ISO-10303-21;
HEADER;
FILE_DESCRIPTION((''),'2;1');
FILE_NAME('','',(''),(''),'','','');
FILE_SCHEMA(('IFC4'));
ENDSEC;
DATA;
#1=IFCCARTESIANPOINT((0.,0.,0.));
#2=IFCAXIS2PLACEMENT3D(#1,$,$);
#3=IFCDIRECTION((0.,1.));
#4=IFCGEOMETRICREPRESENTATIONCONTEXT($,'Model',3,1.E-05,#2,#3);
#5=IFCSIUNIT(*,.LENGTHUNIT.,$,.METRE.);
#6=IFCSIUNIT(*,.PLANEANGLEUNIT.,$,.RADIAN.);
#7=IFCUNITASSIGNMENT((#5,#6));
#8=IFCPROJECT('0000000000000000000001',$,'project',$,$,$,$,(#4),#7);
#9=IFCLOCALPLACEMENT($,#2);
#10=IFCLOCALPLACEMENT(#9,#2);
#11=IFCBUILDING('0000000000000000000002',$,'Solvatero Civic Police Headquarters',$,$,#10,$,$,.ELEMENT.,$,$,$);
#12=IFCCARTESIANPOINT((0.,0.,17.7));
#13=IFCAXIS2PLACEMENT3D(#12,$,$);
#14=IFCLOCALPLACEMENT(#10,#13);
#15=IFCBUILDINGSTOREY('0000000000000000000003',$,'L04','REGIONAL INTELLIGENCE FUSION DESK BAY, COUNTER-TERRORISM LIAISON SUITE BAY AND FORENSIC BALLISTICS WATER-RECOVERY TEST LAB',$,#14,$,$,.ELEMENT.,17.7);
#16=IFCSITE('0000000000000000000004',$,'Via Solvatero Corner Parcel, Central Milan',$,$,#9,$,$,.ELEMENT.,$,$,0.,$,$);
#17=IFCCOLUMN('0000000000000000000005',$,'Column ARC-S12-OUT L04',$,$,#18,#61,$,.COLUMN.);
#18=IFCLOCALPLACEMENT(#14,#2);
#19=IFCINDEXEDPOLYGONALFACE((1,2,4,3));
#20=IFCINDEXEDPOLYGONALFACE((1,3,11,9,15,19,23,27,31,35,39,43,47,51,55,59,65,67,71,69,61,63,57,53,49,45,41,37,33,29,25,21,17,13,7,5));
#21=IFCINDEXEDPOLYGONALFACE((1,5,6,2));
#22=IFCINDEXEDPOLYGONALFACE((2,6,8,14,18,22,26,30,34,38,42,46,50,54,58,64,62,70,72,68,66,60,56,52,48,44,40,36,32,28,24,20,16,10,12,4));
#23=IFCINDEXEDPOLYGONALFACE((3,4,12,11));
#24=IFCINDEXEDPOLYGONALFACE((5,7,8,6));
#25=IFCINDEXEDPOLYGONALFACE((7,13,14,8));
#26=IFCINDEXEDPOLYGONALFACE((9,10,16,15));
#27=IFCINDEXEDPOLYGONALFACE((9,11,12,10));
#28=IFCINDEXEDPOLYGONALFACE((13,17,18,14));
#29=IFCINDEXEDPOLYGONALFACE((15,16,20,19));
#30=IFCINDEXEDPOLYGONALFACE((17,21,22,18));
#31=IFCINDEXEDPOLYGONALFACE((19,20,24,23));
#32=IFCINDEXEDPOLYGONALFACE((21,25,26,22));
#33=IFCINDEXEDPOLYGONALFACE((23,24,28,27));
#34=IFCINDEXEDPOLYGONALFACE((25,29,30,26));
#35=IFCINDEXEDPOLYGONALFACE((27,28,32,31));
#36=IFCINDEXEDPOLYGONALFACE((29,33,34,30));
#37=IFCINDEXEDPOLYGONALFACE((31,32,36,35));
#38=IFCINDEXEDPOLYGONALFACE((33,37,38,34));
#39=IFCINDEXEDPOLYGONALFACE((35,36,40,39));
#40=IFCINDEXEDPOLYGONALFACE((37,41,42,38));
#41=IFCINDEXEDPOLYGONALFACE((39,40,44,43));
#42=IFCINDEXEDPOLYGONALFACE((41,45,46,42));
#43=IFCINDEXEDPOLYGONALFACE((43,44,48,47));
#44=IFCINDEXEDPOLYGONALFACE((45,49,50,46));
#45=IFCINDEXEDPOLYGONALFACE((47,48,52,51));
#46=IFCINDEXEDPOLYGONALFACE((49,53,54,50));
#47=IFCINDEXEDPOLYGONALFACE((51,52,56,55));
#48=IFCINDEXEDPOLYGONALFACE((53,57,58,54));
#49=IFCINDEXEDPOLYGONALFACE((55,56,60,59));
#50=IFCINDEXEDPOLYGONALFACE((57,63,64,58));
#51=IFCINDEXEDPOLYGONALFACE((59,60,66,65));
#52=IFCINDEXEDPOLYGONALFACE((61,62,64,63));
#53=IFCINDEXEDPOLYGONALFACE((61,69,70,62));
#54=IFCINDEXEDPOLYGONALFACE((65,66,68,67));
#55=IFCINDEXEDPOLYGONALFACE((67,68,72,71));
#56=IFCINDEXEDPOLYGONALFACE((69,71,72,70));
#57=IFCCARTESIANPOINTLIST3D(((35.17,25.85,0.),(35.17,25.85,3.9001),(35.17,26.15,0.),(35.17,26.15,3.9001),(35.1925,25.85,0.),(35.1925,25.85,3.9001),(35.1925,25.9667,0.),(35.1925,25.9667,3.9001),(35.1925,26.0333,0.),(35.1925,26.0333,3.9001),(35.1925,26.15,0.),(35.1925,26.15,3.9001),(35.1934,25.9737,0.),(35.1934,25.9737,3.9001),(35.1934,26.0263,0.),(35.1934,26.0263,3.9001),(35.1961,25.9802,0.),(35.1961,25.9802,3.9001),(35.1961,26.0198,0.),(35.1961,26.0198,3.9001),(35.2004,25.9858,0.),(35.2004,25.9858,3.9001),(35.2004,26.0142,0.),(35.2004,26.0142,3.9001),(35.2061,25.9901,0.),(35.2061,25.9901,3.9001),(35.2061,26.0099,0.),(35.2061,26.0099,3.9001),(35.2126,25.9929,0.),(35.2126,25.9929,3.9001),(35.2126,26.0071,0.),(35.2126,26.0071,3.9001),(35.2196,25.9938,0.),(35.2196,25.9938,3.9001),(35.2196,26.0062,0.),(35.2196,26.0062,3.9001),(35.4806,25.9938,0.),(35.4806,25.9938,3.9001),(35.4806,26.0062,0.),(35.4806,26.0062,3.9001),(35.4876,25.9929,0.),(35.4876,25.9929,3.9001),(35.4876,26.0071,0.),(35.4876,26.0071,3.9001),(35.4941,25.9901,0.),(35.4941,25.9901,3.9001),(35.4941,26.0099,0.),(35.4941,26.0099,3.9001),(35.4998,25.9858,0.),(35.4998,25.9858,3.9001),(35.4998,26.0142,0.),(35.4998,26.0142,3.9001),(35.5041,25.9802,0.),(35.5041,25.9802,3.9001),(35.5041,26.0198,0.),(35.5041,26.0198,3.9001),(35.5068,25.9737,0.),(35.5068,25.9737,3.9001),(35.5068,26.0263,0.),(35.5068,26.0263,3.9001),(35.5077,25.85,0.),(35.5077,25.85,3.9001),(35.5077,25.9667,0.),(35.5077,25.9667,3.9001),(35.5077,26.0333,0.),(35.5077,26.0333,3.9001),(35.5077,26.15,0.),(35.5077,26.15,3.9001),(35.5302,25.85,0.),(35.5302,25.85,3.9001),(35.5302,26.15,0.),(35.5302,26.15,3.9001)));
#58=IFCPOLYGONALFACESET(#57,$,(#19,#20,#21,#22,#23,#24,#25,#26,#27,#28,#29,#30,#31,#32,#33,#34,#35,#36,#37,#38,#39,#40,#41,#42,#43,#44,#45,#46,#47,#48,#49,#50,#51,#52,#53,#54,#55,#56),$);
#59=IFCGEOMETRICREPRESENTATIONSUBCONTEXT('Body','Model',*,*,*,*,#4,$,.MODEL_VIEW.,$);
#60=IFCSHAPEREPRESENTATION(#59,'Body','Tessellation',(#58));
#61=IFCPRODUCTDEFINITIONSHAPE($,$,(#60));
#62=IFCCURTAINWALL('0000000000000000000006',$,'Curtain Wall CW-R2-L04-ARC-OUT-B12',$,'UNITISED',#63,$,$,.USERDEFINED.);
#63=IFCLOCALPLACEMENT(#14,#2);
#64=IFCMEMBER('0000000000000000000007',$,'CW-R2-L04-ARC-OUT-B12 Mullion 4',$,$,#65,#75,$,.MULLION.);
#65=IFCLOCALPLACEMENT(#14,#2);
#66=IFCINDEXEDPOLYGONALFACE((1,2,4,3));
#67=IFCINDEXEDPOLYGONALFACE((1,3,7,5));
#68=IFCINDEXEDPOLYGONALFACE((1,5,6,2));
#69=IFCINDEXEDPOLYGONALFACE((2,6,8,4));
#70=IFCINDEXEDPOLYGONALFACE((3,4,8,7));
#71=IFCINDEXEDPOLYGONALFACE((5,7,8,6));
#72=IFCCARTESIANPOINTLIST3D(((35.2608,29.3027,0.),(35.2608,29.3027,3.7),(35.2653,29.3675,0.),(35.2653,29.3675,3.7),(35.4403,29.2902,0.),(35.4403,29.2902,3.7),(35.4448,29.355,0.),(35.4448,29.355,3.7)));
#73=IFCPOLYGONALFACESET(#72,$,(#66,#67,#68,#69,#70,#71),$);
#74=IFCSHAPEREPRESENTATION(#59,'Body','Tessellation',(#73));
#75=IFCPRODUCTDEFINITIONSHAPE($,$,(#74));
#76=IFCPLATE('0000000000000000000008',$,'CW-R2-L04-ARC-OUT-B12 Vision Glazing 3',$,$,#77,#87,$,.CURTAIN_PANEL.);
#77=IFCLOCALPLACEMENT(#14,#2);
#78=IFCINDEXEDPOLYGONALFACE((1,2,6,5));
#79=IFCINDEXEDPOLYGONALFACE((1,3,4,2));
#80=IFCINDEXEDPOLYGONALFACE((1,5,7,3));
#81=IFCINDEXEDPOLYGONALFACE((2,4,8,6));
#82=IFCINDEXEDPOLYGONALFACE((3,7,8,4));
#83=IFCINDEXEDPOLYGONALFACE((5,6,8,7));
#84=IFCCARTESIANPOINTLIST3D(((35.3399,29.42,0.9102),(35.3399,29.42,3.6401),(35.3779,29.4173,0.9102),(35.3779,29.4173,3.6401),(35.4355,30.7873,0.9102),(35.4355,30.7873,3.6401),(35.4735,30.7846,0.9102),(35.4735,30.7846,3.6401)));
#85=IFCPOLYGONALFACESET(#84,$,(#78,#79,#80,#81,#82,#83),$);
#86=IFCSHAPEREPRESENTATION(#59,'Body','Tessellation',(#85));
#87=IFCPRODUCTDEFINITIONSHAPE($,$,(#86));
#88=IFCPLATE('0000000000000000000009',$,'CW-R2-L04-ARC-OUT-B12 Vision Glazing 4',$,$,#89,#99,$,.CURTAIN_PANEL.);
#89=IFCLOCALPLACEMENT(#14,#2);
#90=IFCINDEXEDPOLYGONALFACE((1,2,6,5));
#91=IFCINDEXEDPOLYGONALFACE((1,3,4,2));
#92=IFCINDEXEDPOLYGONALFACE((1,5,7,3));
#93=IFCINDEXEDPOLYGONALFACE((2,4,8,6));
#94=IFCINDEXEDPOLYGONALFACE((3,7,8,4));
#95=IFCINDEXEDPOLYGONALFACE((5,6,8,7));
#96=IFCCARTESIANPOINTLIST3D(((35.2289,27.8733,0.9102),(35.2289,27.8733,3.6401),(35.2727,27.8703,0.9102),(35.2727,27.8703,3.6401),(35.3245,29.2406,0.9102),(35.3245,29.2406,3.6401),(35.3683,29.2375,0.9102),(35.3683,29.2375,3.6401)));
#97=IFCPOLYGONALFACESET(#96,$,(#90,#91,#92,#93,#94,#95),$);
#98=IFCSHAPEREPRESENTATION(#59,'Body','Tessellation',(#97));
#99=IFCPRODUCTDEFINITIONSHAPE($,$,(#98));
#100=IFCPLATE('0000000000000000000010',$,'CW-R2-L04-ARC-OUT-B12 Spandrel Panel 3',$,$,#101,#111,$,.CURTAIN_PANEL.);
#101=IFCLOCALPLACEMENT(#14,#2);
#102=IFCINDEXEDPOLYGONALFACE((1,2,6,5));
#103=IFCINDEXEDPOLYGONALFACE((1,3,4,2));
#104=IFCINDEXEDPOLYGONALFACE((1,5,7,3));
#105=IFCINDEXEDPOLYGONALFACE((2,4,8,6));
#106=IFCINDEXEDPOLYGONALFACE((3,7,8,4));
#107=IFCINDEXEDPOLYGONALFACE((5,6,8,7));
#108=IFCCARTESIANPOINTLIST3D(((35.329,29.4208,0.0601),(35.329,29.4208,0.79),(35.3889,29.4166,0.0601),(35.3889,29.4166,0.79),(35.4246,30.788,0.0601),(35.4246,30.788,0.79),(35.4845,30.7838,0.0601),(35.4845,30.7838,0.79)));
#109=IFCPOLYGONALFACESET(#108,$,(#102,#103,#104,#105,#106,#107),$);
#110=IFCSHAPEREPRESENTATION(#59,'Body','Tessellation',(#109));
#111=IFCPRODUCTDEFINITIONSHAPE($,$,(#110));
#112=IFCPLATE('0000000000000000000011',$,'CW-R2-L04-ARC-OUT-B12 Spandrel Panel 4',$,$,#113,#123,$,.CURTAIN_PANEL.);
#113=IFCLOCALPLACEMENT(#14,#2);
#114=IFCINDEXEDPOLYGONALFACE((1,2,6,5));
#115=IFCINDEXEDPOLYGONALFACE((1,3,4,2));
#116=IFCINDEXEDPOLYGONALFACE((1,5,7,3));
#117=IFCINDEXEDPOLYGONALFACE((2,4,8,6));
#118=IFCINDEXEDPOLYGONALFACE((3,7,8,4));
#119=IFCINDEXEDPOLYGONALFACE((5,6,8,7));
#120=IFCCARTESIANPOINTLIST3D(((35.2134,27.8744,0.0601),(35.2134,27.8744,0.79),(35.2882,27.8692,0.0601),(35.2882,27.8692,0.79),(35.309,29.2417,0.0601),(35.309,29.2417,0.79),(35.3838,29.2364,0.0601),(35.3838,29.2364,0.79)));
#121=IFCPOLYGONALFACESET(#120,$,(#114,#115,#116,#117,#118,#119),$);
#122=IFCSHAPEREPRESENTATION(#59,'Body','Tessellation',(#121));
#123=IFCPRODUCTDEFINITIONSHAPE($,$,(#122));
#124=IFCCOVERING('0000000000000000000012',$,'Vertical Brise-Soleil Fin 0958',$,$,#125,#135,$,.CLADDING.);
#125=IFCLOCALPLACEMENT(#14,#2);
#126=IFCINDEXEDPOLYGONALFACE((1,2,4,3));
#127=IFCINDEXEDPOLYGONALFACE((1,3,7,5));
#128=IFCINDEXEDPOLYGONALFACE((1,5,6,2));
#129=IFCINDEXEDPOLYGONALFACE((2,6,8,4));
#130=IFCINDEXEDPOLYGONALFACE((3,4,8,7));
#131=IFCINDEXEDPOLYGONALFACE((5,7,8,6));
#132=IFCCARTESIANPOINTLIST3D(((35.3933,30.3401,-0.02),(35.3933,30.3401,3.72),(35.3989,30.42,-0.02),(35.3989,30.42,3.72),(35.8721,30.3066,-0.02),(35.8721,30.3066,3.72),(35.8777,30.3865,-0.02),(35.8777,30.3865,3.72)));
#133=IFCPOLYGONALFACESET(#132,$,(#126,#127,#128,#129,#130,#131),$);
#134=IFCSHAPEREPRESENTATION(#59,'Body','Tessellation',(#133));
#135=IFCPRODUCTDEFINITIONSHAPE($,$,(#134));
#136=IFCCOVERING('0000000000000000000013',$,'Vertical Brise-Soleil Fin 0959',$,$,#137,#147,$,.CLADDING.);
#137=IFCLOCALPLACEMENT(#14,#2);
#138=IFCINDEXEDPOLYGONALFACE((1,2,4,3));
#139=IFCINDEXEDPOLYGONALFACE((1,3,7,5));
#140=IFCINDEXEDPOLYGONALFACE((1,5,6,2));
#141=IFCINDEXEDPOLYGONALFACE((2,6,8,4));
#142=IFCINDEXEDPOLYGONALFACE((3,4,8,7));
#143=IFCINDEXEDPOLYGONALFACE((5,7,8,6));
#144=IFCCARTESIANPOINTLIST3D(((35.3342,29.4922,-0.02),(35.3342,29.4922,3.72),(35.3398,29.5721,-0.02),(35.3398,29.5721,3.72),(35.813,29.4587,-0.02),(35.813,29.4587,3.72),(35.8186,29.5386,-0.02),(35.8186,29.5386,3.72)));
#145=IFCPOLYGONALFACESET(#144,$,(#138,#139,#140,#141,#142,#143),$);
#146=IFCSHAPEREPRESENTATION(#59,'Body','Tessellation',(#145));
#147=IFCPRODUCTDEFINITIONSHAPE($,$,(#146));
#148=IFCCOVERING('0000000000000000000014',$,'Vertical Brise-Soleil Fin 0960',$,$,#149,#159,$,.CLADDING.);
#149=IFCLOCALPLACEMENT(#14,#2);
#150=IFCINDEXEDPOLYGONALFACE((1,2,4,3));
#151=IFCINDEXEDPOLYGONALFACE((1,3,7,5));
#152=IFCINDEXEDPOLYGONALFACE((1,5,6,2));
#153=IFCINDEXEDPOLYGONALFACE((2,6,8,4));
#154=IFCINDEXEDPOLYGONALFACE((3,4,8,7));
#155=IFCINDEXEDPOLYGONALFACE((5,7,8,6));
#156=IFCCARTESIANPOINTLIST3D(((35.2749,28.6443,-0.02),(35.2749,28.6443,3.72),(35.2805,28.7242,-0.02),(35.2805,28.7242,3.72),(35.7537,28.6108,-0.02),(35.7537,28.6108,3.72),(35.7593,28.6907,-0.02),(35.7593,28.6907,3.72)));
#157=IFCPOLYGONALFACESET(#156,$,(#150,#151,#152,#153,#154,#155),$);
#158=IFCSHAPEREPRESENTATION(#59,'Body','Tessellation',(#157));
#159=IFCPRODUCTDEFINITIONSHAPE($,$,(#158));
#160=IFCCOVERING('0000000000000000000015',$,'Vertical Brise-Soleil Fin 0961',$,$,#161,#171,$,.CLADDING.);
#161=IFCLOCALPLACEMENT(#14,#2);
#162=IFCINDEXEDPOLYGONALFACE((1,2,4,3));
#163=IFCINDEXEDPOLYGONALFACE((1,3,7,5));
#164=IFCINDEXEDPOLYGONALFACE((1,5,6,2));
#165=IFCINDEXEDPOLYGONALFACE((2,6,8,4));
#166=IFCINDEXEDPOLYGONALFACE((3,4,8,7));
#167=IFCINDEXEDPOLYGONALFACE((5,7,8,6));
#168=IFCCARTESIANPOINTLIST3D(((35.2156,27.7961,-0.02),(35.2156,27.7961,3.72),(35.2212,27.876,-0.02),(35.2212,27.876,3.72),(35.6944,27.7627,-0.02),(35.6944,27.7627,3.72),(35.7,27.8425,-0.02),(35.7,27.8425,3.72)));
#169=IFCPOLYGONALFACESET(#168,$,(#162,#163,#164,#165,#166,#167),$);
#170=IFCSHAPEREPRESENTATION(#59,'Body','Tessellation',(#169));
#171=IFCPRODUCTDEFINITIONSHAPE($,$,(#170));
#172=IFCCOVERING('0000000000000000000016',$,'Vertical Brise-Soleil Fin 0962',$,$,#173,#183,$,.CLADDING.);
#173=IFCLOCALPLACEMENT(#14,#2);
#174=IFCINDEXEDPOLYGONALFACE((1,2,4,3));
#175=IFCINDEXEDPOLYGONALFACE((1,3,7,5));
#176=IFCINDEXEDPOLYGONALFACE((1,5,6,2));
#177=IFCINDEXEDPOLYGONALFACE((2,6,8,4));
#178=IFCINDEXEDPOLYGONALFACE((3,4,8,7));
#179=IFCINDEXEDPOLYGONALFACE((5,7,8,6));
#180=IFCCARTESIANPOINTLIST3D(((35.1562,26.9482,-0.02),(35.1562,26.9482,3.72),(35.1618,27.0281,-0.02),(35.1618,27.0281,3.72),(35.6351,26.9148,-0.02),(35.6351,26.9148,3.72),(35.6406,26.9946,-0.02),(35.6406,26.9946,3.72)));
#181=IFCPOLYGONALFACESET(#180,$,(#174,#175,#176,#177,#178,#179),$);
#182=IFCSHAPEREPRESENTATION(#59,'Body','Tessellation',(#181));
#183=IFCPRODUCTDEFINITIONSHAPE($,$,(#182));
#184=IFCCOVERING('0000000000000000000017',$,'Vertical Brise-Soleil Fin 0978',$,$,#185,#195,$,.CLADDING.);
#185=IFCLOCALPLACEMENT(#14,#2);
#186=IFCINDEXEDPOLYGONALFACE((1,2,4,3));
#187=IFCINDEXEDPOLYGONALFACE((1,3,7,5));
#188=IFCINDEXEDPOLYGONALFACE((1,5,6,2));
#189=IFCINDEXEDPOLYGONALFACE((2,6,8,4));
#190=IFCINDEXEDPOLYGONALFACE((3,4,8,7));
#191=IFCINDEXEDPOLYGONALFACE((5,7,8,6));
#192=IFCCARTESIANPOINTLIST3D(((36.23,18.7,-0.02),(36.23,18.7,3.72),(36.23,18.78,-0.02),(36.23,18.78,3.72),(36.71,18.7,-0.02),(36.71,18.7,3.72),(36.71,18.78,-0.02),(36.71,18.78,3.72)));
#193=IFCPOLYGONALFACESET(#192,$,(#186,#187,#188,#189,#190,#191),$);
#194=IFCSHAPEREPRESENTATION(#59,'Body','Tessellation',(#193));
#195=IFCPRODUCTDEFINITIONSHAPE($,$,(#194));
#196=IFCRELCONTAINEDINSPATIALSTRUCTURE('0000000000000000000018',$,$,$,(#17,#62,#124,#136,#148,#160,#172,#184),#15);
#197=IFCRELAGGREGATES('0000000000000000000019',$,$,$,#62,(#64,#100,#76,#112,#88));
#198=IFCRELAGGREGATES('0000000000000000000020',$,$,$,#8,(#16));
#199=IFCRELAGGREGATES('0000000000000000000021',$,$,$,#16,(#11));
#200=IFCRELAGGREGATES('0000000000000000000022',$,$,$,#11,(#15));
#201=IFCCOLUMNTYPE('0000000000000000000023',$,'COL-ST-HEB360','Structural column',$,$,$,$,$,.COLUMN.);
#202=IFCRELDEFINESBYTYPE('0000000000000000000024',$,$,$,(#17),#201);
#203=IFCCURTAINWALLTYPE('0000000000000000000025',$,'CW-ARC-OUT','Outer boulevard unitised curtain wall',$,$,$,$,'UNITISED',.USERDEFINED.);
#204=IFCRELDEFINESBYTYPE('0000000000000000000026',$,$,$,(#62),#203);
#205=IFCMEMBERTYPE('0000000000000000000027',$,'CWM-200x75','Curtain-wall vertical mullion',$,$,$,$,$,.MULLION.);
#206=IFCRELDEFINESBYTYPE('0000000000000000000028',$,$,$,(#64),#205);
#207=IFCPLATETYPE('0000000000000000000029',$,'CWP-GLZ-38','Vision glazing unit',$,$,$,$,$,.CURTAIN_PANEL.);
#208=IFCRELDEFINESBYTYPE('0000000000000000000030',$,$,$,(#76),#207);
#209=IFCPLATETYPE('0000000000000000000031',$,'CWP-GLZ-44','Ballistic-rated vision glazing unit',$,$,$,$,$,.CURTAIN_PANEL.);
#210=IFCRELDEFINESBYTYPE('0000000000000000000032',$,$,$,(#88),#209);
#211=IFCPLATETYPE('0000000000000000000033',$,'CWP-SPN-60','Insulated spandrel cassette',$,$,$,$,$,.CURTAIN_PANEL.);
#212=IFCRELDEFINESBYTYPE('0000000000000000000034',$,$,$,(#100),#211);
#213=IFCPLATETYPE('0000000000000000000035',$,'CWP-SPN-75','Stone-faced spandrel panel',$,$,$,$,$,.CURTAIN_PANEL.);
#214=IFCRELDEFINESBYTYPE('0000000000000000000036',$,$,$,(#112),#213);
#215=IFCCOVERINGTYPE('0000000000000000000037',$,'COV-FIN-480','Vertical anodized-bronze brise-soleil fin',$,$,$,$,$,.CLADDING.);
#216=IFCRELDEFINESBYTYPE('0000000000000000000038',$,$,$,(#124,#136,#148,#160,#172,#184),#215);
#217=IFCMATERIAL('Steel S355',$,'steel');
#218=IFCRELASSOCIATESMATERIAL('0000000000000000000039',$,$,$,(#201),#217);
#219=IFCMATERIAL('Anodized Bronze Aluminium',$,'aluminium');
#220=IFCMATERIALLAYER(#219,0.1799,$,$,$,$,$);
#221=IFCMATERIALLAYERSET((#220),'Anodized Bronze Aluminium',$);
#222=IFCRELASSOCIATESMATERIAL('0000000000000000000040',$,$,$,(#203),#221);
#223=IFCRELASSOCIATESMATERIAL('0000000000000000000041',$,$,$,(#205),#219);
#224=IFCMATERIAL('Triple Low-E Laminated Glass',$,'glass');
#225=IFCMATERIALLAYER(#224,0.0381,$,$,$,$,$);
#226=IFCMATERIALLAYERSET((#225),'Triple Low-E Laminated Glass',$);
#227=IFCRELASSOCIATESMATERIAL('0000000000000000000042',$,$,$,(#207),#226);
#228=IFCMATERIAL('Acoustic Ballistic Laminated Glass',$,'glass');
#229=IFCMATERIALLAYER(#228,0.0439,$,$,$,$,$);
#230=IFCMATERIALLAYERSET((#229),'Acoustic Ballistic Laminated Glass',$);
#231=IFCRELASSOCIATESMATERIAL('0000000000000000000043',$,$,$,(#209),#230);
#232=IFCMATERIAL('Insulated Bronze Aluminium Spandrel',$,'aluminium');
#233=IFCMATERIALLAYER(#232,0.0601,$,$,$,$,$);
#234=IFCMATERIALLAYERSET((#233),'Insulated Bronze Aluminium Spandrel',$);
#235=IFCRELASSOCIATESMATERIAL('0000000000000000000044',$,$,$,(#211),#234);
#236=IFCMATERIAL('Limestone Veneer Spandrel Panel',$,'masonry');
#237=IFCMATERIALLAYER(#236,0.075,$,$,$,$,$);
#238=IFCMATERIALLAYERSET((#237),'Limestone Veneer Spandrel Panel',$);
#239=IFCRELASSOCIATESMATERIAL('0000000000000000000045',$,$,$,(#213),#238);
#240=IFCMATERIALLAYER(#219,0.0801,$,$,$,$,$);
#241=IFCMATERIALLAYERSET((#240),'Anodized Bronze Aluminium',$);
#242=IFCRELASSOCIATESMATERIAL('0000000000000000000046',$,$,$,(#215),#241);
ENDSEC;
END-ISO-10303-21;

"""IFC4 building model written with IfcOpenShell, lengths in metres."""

from ifc_helpers import new_model, si_unit, direction, frame, origin, origin_2d, place, context, subcontext, project, spatial, rectangle, i_section, extrude, material, layer, layer_set, material_profile, profile_set, type_object, element, aggregate, save


model = new_model("IFC4")

# Units and contexts
model_context = context("Model", 3, precision=1e-05, world=origin(), true_north=direction((0.0, 1.0)))
body_context = subcontext(model_context, "Body", "Model", "MODEL_VIEW")
ifc_project = project(units=[si_unit("LENGTHUNIT", "METRE"), si_unit("PLANEANGLEUNIT", "RADIAN")], contexts=[model_context])

# Site, building, storey
site_placement = place(None, origin())
site = spatial("IfcSite", under=ifc_project, at=site_placement, Name="Via Solvatero Corner Parcel, Central Milan", CompositionType="ELEMENT", RefElevation=0.0)
building_placement = place(site_placement, origin())
building = spatial("IfcBuilding", under=site, at=building_placement, Name="Solvatero Civic Police Headquarters", CompositionType="ELEMENT")
storey_placement = place(building_placement, frame((0.0, 0.0, 17.7)))
storey = spatial("IfcBuildingStorey", under=building, at=storey_placement, Name="L04", Description="REGIONAL INTELLIGENCE FUSION DESK BAY, COUNTER-TERRORISM LIAISON SUITE BAY AND FORENSIC BALLISTICS WATER-RECOVERY TEST LAB", CompositionType="ELEMENT", Elevation=17.7)

# Column
ifc_material_1 = material(Name="Steel S355", Category="steel")
ifc_material_profile_1 = material_profile(ifc_material_1, i_section(OverallWidth=0.3, OverallDepth=0.3601, WebThickness=0.0125, FlangeThickness=0.0225, FilletRadius=0.0271, at=origin_2d()), Name="HEB 360")
ifc_profile_set_1 = profile_set([ifc_material_profile_1], Name="Steel S355")
column_type = type_object("IfcColumnType", Name="COL-ST-HEB360", Description="Structural column", PredefinedType="COLUMN", material=ifc_profile_set_1)
column_placement = place(storey_placement, frame((35.3501, 26.0, 0.0), z_axis=(0.0, 0.0, 1.0), x_axis=(0.0, 1.0, 0.0)))
element("IfcColumn", 1, at=column_placement, inside=storey, type_object=column_type, Name="Column ARC-S12-OUT L04", PredefinedType="COLUMN", context=body_context, shape_type="SweptSolid", body=[
    extrude(i_section(OverallWidth=0.3, OverallDepth=0.3601, WebThickness=0.0125, FlangeThickness=0.0225, FilletRadius=0.0271, at=origin_2d()), origin(), (0.0, 0.0, 1.0), 3.9001),
])

# Curtain wall, member, plates
ifc_material_2 = material(Name="Anodized Bronze Aluminium", Category="aluminium")
ifc_layer_1 = layer(ifc_material_2, 0.1799)
ifc_layer_set_1 = layer_set([ifc_layer_1], Name="Anodized Bronze Aluminium")
curtain_wall_type = type_object("IfcCurtainWallType", Name="CW-ARC-OUT", Description="Outer boulevard unitised curtain wall", ElementType="UNITISED", PredefinedType="USERDEFINED", material=ifc_layer_set_1)
curtain_wall_placement = place(storey_placement, origin())
curtain_wall = element("IfcCurtainWall", 2, at=curtain_wall_placement, inside=storey, type_object=curtain_wall_type, Name="Curtain Wall CW-R2-L04-ARC-OUT-B12", ObjectType="UNITISED", PredefinedType="USERDEFINED")
ifc_material_profile_2 = material_profile(ifc_material_2, rectangle(XDim=0.0649, YDim=0.1799, at=origin_2d()), Name="ALU MULLION 65x180")
ifc_profile_set_2 = profile_set([ifc_material_profile_2], Name="Anodized Bronze Aluminium")
member_type = type_object("IfcMemberType", Name="CWM-200x75", Description="Curtain-wall vertical mullion", PredefinedType="MULLION", material=ifc_profile_set_2)
member_placement = place(storey_placement, frame((35.3528, 29.3289, 0.0), z_axis=(0.0, 0.0, 1.0), x_axis=(-0.069739, -0.997565, 0.0)))
member = element("IfcMember", 3, at=member_placement, type_object=member_type, Name="CW-R2-L04-ARC-OUT-B12 Mullion 4", PredefinedType="MULLION", context=body_context, shape_type="SweptSolid", body=[
    extrude(rectangle(XDim=0.0649, YDim=0.1799, at=origin_2d()), origin(), (0.0, 0.0, 1.0), 3.7),
])
ifc_material_3 = material(Name="Triple Low-E Laminated Glass", Category="glass")
ifc_layer_2 = layer(ifc_material_3, 0.0381)
ifc_layer_set_2 = layer_set([ifc_layer_2], Name="Triple Low-E Laminated Glass")
plate_type_1 = type_object("IfcPlateType", Name="CWP-GLZ-38", Description="Vision glazing unit", PredefinedType="CURTAIN_PANEL", material=ifc_layer_set_2)
plate_1_placement = place(storey_placement, frame((35.4067, 30.1023, 0.9102), z_axis=(0.0, 0.0, 1.0), x_axis=(-0.069739, -0.997565, 0.0)))
plate_1 = element("IfcPlate", 4, at=plate_1_placement, type_object=plate_type_1, Name="CW-R2-L04-ARC-OUT-B12 Vision Glazing 3", PredefinedType="CURTAIN_PANEL", context=body_context, shape_type="SweptSolid", body=[
    extrude(rectangle(XDim=1.3706, YDim=0.0381, at=origin_2d()), origin(), (0.0, 0.0, 1.0), 2.73),
])
ifc_material_4 = material(Name="Acoustic Ballistic Laminated Glass", Category="glass")
ifc_layer_3 = layer(ifc_material_4, 0.0439)
ifc_layer_set_3 = layer_set([ifc_layer_3], Name="Acoustic Ballistic Laminated Glass")
plate_type_2 = type_object("IfcPlateType", Name="CWP-GLZ-44", Description="Ballistic-rated vision glazing unit", PredefinedType="CURTAIN_PANEL", material=ifc_layer_set_3)
plate_2_placement = place(storey_placement, frame((35.2986, 28.5554, 0.9102), z_axis=(0.0, 0.0, 1.0), x_axis=(-0.069739, -0.997565, 0.0)))
plate_2 = element("IfcPlate", 5, at=plate_2_placement, type_object=plate_type_2, Name="CW-R2-L04-ARC-OUT-B12 Vision Glazing 4", PredefinedType="CURTAIN_PANEL", context=body_context, shape_type="SweptSolid", body=[
    extrude(rectangle(XDim=1.3706, YDim=0.0439, at=origin_2d()), origin(), (0.0, 0.0, 1.0), 2.73),
])
ifc_material_5 = material(Name="Insulated Bronze Aluminium Spandrel", Category="aluminium")
ifc_layer_4 = layer(ifc_material_5, 0.0601)
ifc_layer_set_4 = layer_set([ifc_layer_4], Name="Insulated Bronze Aluminium Spandrel")
plate_type_3 = type_object("IfcPlateType", Name="CWP-SPN-60", Description="Insulated spandrel cassette", PredefinedType="CURTAIN_PANEL", material=ifc_layer_set_4)
plate_3_placement = place(storey_placement, frame((35.4067, 30.1023, 0.0601), z_axis=(0.0, 0.0, 1.0), x_axis=(-0.069739, -0.997565, 0.0)))
plate_3 = element("IfcPlate", 6, at=plate_3_placement, type_object=plate_type_3, Name="CW-R2-L04-ARC-OUT-B12 Spandrel Panel 3", PredefinedType="CURTAIN_PANEL", context=body_context, shape_type="SweptSolid", body=[
    extrude(rectangle(XDim=1.3706, YDim=0.0601, at=origin_2d()), origin(), (0.0, 0.0, 1.0), 0.73),
])
ifc_material_6 = material(Name="Limestone Veneer Spandrel Panel", Category="masonry")
ifc_layer_5 = layer(ifc_material_6, 0.075)
ifc_layer_set_5 = layer_set([ifc_layer_5], Name="Limestone Veneer Spandrel Panel")
plate_type_4 = type_object("IfcPlateType", Name="CWP-SPN-75", Description="Stone-faced spandrel panel", PredefinedType="CURTAIN_PANEL", material=ifc_layer_set_5)
plate_4_placement = place(storey_placement, frame((35.2986, 28.5554, 0.0601), z_axis=(0.0, 0.0, 1.0), x_axis=(-0.069739, -0.997565, 0.0)))
plate_4 = element("IfcPlate", 7, at=plate_4_placement, type_object=plate_type_4, Name="CW-R2-L04-ARC-OUT-B12 Spandrel Panel 4", PredefinedType="CURTAIN_PANEL", context=body_context, shape_type="SweptSolid", body=[
    extrude(rectangle(XDim=1.3706, YDim=0.075, at=origin_2d()), origin(), (0.0, 0.0, 1.0), 0.73),
])
aggregate(curtain_wall, [member, plate_3, plate_1, plate_4, plate_2])

# Coverings
ifc_layer_6 = layer(ifc_material_2, 0.0801)
ifc_layer_set_6 = layer_set([ifc_layer_6], Name="Anodized Bronze Aluminium")
covering_type = type_object("IfcCoveringType", Name="COV-FIN-480", Description="Vertical anodized-bronze brise-soleil fin", PredefinedType="CLADDING", material=ifc_layer_set_6)
for number, where, z_axis, x_axis, name in (
    (8, (35.6355, 30.3633, -0.02), (0.0, 0.0, 1.0), (-0.069739, -0.997565, 0.0), "Vertical Brise-Soleil Fin 0958"),
    (9, (35.5764, 29.5154, -0.02), (0.0, 0.0, 1.0), (-0.069739, -0.997565, 0.0), "Vertical Brise-Soleil Fin 0959"),
    (10, (35.5171, 28.6675, -0.02), (0.0, 0.0, 1.0), (-0.069739, -0.997565, 0.0), "Vertical Brise-Soleil Fin 0960"),
    (11, (35.4578, 27.8193, -0.02), (0.0, 0.0, 1.0), (-0.069739, -0.997565, 0.0), "Vertical Brise-Soleil Fin 0961"),
    (12, (35.3984, 26.9714, -0.02), (0.0, 0.0, 1.0), (-0.069739, -0.997565, 0.0), "Vertical Brise-Soleil Fin 0962"),
    (13, (36.47, 18.74, -0.02), (0.0, 0.0, 1.0), (0.0, -1.0, 0.0), "Vertical Brise-Soleil Fin 0978"),
):
    element("IfcCovering", number, at=place(storey_placement, frame(where, z_axis=z_axis, x_axis=x_axis)), inside=storey, type_object=covering_type, Name=name, PredefinedType="CLADDING", context=body_context, shape_type="SweptSolid", body=[
        extrude(rectangle(XDim=0.0801, YDim=0.48, at=origin_2d()), origin(), (0.0, 0.0, 1.0), 3.74),
    ])

save(model, "model.ifc")
